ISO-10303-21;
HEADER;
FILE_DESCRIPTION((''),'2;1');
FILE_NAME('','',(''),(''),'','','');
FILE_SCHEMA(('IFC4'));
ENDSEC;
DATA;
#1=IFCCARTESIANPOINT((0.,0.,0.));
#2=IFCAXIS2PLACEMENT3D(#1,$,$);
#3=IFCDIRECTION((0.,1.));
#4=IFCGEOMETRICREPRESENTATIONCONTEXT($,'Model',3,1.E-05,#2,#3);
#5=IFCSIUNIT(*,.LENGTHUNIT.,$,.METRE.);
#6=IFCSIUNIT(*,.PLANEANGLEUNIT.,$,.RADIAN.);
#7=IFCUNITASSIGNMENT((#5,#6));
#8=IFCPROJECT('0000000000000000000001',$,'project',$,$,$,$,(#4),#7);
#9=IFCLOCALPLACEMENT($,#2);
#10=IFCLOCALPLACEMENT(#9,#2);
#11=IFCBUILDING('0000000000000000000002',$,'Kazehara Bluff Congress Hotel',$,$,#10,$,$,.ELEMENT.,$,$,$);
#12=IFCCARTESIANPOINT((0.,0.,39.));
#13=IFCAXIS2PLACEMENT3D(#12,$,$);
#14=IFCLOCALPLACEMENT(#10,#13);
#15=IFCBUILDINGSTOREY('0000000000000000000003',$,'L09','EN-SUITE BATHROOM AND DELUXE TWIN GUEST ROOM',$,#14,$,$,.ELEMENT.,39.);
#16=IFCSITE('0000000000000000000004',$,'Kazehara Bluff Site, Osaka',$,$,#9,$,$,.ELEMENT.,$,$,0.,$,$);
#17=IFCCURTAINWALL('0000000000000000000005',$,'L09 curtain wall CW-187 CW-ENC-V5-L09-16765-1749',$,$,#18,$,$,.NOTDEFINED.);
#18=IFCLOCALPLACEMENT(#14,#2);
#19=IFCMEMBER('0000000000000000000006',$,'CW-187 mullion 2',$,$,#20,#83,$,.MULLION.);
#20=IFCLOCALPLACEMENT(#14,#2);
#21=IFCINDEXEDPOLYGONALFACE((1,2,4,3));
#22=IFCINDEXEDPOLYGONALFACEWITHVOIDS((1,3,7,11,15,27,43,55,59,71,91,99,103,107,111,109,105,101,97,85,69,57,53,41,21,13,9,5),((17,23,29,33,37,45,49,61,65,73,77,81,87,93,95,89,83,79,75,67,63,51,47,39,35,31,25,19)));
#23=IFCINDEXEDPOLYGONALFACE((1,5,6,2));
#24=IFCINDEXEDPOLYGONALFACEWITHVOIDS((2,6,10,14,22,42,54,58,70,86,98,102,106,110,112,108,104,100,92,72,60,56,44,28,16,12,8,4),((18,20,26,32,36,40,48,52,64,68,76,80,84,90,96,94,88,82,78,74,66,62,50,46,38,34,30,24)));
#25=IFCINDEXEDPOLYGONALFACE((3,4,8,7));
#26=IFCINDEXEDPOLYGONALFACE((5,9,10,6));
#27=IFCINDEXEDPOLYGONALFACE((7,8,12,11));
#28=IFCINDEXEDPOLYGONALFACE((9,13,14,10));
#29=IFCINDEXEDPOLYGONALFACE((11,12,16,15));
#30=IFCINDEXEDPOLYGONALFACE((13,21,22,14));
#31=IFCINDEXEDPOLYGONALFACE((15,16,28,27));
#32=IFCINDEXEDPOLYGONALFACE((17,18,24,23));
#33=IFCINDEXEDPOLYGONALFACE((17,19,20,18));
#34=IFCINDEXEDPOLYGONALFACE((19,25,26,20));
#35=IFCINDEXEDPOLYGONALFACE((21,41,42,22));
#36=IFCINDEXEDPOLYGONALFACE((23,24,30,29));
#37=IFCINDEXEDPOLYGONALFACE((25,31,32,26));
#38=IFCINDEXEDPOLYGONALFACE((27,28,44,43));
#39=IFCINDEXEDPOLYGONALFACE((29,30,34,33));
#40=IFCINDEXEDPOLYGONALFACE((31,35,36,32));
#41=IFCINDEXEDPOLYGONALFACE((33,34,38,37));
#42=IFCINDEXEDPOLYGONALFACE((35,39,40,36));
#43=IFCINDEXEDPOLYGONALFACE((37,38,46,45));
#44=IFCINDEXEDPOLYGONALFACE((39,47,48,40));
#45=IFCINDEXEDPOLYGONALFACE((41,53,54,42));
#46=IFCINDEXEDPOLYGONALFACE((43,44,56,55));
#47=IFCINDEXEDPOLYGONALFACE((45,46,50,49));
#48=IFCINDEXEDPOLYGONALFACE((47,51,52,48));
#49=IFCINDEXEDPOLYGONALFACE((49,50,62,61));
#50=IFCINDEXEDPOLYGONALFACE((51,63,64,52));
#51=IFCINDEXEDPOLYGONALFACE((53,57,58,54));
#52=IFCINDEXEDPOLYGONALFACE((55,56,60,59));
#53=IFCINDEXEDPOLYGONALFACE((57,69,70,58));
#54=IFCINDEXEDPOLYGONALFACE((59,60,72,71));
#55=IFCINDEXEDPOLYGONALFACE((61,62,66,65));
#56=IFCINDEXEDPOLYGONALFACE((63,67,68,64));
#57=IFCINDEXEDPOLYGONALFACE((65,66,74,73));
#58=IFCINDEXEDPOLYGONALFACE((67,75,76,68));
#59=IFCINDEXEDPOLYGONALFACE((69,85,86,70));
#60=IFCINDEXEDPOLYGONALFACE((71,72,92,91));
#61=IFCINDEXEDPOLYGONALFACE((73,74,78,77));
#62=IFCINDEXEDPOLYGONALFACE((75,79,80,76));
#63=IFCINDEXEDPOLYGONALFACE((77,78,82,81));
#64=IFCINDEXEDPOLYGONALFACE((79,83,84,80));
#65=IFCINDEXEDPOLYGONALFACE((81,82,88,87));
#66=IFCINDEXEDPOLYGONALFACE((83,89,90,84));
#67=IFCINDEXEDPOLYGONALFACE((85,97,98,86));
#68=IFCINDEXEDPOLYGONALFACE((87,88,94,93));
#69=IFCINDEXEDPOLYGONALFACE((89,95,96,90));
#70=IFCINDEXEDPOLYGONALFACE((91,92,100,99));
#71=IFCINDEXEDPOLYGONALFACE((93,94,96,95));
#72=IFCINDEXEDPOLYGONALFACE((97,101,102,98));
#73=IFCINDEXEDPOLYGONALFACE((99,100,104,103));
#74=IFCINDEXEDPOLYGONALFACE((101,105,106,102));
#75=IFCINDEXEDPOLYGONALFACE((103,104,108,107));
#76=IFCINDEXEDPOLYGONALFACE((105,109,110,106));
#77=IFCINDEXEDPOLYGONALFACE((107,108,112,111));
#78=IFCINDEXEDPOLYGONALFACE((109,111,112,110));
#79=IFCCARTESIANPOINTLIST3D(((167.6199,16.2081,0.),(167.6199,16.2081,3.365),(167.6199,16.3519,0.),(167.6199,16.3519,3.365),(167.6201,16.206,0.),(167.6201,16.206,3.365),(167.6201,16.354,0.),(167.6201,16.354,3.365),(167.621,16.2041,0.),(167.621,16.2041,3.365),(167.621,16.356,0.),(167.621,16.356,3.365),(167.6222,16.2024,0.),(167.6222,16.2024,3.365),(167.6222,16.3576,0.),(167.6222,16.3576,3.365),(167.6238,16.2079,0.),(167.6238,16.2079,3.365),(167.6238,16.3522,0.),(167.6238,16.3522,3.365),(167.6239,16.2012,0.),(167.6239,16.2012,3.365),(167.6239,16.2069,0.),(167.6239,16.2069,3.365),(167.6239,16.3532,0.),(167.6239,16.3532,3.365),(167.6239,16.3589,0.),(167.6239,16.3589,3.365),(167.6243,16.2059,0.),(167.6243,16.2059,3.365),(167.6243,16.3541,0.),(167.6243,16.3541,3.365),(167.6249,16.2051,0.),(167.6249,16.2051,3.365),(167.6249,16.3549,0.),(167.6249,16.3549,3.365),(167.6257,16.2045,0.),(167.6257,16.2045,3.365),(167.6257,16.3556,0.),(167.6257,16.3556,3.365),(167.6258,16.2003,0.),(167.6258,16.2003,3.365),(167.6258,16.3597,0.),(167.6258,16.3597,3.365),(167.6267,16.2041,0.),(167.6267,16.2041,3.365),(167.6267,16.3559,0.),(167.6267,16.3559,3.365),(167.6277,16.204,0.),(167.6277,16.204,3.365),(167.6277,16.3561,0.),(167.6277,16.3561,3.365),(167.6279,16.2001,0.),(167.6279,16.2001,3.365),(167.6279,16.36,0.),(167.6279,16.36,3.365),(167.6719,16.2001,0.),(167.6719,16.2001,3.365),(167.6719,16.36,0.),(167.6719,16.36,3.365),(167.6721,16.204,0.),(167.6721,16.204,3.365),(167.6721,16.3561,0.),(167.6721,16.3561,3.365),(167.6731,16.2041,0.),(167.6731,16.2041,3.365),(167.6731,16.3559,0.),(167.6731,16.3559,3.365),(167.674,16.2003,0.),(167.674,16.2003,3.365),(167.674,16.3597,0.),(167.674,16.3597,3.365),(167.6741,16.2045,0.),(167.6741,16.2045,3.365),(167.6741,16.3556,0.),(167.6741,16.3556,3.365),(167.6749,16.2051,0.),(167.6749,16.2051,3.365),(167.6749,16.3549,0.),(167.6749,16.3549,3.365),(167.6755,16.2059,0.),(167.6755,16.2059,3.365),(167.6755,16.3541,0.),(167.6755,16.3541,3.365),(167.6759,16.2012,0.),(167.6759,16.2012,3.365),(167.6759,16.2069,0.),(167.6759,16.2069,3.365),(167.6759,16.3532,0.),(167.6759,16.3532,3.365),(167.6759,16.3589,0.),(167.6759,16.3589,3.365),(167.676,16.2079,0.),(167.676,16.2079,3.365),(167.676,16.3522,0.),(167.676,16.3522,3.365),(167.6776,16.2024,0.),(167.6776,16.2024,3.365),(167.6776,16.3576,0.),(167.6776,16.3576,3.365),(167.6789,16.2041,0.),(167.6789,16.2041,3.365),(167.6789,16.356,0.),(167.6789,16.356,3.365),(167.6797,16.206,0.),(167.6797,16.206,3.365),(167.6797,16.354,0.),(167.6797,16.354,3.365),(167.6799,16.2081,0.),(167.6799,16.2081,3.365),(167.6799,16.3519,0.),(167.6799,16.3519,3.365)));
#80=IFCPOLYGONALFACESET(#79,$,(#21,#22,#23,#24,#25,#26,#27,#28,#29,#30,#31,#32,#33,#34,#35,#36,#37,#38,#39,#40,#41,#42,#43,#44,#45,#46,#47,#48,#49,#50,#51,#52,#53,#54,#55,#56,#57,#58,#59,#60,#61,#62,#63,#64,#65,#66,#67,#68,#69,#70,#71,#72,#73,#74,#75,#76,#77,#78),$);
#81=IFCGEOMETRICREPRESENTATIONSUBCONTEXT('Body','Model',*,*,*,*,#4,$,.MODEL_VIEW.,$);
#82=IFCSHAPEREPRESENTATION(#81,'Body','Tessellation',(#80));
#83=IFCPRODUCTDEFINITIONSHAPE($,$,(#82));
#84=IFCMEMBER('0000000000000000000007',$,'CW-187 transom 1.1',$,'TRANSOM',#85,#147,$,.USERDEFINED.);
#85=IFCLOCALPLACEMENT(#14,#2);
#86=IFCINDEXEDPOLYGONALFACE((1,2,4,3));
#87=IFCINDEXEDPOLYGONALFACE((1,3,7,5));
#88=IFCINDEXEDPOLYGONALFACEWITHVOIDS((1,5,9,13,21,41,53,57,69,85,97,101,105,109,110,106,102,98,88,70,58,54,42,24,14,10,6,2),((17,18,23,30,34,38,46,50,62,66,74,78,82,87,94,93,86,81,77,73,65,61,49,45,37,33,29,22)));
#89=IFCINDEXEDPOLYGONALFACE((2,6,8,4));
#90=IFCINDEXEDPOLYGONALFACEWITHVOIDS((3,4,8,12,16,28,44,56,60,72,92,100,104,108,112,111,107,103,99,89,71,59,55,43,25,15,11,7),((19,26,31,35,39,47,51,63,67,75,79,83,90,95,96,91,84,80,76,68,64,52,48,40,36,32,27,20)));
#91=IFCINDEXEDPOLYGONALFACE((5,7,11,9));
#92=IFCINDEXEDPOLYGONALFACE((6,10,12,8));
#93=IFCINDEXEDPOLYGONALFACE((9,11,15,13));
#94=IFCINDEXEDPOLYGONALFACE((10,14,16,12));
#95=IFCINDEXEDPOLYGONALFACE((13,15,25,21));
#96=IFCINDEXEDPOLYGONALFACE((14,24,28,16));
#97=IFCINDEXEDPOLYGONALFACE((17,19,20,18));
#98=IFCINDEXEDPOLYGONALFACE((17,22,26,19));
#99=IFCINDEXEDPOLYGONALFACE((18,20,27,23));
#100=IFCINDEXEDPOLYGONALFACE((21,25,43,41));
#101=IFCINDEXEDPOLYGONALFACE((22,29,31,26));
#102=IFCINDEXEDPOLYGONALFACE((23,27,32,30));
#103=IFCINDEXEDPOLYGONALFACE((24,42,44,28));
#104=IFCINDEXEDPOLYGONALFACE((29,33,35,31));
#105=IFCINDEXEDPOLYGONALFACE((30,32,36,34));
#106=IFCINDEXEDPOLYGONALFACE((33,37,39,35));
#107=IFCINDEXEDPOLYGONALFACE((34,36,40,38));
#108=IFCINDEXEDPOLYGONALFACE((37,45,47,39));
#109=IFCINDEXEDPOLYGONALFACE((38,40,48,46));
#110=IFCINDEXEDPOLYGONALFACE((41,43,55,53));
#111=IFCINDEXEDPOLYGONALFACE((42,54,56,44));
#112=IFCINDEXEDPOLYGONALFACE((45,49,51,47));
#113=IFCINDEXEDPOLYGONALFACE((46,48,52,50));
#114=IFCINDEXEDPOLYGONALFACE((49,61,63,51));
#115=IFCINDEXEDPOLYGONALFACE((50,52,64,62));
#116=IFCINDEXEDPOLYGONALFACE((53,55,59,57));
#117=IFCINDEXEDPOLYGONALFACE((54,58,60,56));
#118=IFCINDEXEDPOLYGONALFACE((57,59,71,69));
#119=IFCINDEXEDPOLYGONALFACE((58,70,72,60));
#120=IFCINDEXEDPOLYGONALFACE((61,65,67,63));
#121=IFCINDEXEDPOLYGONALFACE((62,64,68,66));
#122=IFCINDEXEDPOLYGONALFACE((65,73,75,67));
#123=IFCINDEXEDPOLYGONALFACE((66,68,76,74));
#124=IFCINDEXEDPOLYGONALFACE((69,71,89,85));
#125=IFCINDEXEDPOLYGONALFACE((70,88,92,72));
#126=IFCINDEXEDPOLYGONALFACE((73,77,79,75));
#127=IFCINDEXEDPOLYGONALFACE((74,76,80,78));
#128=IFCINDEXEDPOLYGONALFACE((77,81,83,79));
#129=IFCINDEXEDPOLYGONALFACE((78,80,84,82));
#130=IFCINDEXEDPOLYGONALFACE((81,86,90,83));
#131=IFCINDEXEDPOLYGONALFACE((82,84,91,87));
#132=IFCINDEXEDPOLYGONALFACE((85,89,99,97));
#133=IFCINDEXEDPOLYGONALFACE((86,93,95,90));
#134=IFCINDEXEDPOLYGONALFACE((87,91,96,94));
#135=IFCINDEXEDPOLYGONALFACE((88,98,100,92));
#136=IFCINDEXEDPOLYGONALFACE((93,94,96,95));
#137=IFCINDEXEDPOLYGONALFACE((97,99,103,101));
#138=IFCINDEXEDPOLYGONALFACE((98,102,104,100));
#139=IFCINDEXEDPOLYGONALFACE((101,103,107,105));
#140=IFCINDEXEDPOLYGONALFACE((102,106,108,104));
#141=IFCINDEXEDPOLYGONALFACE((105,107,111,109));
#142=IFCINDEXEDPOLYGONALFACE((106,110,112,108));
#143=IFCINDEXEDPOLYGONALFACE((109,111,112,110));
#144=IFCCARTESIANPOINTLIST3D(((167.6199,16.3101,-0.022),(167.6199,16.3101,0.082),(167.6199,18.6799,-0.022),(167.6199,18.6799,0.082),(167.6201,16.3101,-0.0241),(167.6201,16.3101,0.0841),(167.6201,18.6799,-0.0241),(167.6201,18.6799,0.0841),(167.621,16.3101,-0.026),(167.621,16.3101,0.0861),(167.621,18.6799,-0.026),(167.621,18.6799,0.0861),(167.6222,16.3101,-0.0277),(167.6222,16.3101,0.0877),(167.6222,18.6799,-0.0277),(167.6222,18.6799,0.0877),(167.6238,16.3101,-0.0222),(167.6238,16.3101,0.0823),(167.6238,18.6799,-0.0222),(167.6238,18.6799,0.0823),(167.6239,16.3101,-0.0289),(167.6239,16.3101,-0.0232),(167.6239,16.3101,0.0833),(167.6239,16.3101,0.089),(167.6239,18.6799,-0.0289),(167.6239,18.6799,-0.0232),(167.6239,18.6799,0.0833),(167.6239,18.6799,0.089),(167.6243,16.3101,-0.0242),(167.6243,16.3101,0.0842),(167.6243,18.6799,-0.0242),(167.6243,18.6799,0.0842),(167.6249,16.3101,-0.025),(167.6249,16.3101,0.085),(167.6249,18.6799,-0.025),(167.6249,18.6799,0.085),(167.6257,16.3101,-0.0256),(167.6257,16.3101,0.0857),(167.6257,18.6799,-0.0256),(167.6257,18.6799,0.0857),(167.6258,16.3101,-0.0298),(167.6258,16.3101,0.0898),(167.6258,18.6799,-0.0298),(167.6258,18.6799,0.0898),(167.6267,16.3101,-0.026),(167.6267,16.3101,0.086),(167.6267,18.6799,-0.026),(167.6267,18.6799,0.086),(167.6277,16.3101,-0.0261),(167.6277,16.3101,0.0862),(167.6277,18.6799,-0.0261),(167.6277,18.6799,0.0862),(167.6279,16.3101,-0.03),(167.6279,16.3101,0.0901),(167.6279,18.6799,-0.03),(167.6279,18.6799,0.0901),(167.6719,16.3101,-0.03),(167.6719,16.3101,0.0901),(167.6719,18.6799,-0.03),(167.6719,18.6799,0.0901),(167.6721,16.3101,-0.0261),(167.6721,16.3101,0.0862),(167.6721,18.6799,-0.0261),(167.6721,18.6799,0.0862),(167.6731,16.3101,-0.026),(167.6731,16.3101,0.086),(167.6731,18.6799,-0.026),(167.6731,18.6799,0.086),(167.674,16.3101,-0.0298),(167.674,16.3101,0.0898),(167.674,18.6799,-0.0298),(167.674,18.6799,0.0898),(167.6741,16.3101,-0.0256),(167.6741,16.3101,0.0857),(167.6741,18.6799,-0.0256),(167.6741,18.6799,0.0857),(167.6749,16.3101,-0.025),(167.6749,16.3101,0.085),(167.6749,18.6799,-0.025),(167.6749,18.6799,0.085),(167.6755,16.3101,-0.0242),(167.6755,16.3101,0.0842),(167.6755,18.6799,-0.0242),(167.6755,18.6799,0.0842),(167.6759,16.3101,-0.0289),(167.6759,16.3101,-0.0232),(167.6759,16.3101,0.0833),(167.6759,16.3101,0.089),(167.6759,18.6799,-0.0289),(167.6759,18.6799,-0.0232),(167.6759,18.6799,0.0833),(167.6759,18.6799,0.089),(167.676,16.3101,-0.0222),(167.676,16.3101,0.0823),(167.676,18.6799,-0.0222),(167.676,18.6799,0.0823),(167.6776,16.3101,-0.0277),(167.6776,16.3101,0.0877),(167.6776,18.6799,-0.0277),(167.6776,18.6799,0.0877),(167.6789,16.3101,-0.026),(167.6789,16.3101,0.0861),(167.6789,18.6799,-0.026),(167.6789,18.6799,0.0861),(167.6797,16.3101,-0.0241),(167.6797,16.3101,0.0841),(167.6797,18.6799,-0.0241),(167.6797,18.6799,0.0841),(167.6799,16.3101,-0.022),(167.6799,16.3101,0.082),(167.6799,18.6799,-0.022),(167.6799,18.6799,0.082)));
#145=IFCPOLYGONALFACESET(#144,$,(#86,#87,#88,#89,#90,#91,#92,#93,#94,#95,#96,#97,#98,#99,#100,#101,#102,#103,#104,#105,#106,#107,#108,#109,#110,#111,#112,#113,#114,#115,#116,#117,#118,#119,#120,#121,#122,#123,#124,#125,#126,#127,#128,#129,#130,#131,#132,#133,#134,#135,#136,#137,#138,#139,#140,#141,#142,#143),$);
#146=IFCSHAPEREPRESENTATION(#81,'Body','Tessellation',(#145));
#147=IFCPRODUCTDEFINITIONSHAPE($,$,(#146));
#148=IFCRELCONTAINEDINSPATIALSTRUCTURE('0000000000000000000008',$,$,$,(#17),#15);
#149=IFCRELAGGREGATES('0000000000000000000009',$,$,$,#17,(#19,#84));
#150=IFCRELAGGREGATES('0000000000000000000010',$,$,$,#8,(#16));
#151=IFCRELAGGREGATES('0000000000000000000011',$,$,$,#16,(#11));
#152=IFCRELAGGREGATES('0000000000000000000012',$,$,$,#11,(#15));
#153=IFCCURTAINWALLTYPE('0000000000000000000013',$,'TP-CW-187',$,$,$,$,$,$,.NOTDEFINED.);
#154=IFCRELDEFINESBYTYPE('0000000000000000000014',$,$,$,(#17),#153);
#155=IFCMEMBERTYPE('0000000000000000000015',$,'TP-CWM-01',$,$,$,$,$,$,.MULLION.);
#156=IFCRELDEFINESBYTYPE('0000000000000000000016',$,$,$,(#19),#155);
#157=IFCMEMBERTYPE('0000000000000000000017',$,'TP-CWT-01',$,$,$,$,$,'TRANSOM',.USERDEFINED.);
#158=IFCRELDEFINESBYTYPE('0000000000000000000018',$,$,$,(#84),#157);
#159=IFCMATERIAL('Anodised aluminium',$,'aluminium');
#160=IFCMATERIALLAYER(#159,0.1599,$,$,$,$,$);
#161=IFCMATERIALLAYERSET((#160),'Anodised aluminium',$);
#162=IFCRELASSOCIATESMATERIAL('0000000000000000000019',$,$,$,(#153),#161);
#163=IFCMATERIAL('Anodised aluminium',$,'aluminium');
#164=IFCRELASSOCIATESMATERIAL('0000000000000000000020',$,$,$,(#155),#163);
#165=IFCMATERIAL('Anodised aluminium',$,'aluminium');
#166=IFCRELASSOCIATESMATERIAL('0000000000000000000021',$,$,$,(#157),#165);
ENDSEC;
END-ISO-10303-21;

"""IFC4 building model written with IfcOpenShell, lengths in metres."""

from ifc_helpers import new_model, si_unit, direction, frame, origin, origin_2d, place, context, subcontext, project, spatial, hollow_rectangle, extrude, material, layer, layer_set, material_profile, profile_set, type_object, element, aggregate, save


model = new_model("IFC4")

# Units and contexts
model_context = context("Model", 3, precision=1e-05, world=origin(), true_north=direction((0.0, 1.0)))
body_context = subcontext(model_context, "Body", "Model", "MODEL_VIEW")
ifc_project = project(units=[si_unit("LENGTHUNIT", "METRE"), si_unit("PLANEANGLEUNIT", "RADIAN")], contexts=[model_context])

# Site, building, storey
site_placement = place(None, origin())
site = spatial("IfcSite", under=ifc_project, at=site_placement, Name="Kazehara Bluff Site, Osaka", CompositionType="ELEMENT", RefElevation=0.0)
building_placement = place(site_placement, origin())
building = spatial("IfcBuilding", under=site, at=building_placement, Name="Kazehara Bluff Congress Hotel", CompositionType="ELEMENT")
storey_placement = place(building_placement, frame((0.0, 0.0, 39.0)))
storey = spatial("IfcBuildingStorey", under=building, at=storey_placement, Name="L09", Description="EN-SUITE BATHROOM AND DELUXE TWIN GUEST ROOM", CompositionType="ELEMENT", Elevation=39.0)

# Curtain wall, members
ifc_material_1 = material(Name="Anodised aluminium", Category="aluminium")
ifc_layer_1 = layer(ifc_material_1, 0.1599)
ifc_layer_set_1 = layer_set([ifc_layer_1], Name="Anodised aluminium")
curtain_wall_type = type_object("IfcCurtainWallType", Name="TP-CW-187", PredefinedType="NOTDEFINED", material=ifc_layer_set_1)
curtain_wall_placement = place(storey_placement, origin())
curtain_wall = element("IfcCurtainWall", 1, at=curtain_wall_placement, inside=storey, type_object=curtain_wall_type, Name="L09 curtain wall CW-187 CW-ENC-V5-L09-16765-1749", PredefinedType="NOTDEFINED")
ifc_material_2 = material(Name="Anodised aluminium", Category="aluminium")
ifc_material_profile_1 = material_profile(ifc_material_2, hollow_rectangle(XDim=0.0601, YDim=0.1599, WallThickness=0.0039, InnerFilletRadius=0.0039, OuterFilletRadius=0.0081, at=origin_2d()))
ifc_profile_set_1 = profile_set([ifc_material_profile_1], Name="Anodised aluminium")
member_type_1 = type_object("IfcMemberType", Name="TP-CWM-01", PredefinedType="MULLION", material=ifc_profile_set_1)
member_1_placement = place(storey_placement, frame((167.6499, 16.28, 0.0), z_axis=(0.0, 0.0, 1.0), x_axis=(1.0, 0.0, 0.0)))
member_1 = element("IfcMember", 2, at=member_1_placement, type_object=member_type_1, Name="CW-187 mullion 2", PredefinedType="MULLION", context=body_context, shape_type="SweptSolid", body=[
    extrude(hollow_rectangle(XDim=0.0601, YDim=0.1599, WallThickness=0.0039, InnerFilletRadius=0.0039, OuterFilletRadius=0.0081, at=origin_2d()), origin(), (0.0, 0.0, 1.0), 3.365),
])
ifc_material_3 = material(Name="Anodised aluminium", Category="aluminium")
ifc_material_profile_2 = material_profile(ifc_material_3, hollow_rectangle(XDim=0.0601, YDim=0.1201, WallThickness=0.0039, InnerFilletRadius=0.0039, OuterFilletRadius=0.0081, at=origin_2d()))
ifc_profile_set_2 = profile_set([ifc_material_profile_2], Name="Anodised aluminium")
member_type_2 = type_object("IfcMemberType", Name="TP-CWT-01", ElementType="TRANSOM", PredefinedType="USERDEFINED", material=ifc_profile_set_2)
member_2_placement = place(storey_placement, frame((167.6499, 18.6799, 0.03), z_axis=(0.0, -1.0, 0.0), x_axis=(1.0, 0.0, 0.0)))
member_2 = element("IfcMember", 3, at=member_2_placement, type_object=member_type_2, Name="CW-187 transom 1.1", ObjectType="TRANSOM", PredefinedType="USERDEFINED", context=body_context, shape_type="SweptSolid", body=[
    extrude(hollow_rectangle(XDim=0.0601, YDim=0.1201, WallThickness=0.0039, InnerFilletRadius=0.0039, OuterFilletRadius=0.0081, at=origin_2d()), origin(), (0.0, 0.0, 1.0), 2.3699),
])

aggregate(curtain_wall, [member_1, member_2])

save(model, "model.ifc")
